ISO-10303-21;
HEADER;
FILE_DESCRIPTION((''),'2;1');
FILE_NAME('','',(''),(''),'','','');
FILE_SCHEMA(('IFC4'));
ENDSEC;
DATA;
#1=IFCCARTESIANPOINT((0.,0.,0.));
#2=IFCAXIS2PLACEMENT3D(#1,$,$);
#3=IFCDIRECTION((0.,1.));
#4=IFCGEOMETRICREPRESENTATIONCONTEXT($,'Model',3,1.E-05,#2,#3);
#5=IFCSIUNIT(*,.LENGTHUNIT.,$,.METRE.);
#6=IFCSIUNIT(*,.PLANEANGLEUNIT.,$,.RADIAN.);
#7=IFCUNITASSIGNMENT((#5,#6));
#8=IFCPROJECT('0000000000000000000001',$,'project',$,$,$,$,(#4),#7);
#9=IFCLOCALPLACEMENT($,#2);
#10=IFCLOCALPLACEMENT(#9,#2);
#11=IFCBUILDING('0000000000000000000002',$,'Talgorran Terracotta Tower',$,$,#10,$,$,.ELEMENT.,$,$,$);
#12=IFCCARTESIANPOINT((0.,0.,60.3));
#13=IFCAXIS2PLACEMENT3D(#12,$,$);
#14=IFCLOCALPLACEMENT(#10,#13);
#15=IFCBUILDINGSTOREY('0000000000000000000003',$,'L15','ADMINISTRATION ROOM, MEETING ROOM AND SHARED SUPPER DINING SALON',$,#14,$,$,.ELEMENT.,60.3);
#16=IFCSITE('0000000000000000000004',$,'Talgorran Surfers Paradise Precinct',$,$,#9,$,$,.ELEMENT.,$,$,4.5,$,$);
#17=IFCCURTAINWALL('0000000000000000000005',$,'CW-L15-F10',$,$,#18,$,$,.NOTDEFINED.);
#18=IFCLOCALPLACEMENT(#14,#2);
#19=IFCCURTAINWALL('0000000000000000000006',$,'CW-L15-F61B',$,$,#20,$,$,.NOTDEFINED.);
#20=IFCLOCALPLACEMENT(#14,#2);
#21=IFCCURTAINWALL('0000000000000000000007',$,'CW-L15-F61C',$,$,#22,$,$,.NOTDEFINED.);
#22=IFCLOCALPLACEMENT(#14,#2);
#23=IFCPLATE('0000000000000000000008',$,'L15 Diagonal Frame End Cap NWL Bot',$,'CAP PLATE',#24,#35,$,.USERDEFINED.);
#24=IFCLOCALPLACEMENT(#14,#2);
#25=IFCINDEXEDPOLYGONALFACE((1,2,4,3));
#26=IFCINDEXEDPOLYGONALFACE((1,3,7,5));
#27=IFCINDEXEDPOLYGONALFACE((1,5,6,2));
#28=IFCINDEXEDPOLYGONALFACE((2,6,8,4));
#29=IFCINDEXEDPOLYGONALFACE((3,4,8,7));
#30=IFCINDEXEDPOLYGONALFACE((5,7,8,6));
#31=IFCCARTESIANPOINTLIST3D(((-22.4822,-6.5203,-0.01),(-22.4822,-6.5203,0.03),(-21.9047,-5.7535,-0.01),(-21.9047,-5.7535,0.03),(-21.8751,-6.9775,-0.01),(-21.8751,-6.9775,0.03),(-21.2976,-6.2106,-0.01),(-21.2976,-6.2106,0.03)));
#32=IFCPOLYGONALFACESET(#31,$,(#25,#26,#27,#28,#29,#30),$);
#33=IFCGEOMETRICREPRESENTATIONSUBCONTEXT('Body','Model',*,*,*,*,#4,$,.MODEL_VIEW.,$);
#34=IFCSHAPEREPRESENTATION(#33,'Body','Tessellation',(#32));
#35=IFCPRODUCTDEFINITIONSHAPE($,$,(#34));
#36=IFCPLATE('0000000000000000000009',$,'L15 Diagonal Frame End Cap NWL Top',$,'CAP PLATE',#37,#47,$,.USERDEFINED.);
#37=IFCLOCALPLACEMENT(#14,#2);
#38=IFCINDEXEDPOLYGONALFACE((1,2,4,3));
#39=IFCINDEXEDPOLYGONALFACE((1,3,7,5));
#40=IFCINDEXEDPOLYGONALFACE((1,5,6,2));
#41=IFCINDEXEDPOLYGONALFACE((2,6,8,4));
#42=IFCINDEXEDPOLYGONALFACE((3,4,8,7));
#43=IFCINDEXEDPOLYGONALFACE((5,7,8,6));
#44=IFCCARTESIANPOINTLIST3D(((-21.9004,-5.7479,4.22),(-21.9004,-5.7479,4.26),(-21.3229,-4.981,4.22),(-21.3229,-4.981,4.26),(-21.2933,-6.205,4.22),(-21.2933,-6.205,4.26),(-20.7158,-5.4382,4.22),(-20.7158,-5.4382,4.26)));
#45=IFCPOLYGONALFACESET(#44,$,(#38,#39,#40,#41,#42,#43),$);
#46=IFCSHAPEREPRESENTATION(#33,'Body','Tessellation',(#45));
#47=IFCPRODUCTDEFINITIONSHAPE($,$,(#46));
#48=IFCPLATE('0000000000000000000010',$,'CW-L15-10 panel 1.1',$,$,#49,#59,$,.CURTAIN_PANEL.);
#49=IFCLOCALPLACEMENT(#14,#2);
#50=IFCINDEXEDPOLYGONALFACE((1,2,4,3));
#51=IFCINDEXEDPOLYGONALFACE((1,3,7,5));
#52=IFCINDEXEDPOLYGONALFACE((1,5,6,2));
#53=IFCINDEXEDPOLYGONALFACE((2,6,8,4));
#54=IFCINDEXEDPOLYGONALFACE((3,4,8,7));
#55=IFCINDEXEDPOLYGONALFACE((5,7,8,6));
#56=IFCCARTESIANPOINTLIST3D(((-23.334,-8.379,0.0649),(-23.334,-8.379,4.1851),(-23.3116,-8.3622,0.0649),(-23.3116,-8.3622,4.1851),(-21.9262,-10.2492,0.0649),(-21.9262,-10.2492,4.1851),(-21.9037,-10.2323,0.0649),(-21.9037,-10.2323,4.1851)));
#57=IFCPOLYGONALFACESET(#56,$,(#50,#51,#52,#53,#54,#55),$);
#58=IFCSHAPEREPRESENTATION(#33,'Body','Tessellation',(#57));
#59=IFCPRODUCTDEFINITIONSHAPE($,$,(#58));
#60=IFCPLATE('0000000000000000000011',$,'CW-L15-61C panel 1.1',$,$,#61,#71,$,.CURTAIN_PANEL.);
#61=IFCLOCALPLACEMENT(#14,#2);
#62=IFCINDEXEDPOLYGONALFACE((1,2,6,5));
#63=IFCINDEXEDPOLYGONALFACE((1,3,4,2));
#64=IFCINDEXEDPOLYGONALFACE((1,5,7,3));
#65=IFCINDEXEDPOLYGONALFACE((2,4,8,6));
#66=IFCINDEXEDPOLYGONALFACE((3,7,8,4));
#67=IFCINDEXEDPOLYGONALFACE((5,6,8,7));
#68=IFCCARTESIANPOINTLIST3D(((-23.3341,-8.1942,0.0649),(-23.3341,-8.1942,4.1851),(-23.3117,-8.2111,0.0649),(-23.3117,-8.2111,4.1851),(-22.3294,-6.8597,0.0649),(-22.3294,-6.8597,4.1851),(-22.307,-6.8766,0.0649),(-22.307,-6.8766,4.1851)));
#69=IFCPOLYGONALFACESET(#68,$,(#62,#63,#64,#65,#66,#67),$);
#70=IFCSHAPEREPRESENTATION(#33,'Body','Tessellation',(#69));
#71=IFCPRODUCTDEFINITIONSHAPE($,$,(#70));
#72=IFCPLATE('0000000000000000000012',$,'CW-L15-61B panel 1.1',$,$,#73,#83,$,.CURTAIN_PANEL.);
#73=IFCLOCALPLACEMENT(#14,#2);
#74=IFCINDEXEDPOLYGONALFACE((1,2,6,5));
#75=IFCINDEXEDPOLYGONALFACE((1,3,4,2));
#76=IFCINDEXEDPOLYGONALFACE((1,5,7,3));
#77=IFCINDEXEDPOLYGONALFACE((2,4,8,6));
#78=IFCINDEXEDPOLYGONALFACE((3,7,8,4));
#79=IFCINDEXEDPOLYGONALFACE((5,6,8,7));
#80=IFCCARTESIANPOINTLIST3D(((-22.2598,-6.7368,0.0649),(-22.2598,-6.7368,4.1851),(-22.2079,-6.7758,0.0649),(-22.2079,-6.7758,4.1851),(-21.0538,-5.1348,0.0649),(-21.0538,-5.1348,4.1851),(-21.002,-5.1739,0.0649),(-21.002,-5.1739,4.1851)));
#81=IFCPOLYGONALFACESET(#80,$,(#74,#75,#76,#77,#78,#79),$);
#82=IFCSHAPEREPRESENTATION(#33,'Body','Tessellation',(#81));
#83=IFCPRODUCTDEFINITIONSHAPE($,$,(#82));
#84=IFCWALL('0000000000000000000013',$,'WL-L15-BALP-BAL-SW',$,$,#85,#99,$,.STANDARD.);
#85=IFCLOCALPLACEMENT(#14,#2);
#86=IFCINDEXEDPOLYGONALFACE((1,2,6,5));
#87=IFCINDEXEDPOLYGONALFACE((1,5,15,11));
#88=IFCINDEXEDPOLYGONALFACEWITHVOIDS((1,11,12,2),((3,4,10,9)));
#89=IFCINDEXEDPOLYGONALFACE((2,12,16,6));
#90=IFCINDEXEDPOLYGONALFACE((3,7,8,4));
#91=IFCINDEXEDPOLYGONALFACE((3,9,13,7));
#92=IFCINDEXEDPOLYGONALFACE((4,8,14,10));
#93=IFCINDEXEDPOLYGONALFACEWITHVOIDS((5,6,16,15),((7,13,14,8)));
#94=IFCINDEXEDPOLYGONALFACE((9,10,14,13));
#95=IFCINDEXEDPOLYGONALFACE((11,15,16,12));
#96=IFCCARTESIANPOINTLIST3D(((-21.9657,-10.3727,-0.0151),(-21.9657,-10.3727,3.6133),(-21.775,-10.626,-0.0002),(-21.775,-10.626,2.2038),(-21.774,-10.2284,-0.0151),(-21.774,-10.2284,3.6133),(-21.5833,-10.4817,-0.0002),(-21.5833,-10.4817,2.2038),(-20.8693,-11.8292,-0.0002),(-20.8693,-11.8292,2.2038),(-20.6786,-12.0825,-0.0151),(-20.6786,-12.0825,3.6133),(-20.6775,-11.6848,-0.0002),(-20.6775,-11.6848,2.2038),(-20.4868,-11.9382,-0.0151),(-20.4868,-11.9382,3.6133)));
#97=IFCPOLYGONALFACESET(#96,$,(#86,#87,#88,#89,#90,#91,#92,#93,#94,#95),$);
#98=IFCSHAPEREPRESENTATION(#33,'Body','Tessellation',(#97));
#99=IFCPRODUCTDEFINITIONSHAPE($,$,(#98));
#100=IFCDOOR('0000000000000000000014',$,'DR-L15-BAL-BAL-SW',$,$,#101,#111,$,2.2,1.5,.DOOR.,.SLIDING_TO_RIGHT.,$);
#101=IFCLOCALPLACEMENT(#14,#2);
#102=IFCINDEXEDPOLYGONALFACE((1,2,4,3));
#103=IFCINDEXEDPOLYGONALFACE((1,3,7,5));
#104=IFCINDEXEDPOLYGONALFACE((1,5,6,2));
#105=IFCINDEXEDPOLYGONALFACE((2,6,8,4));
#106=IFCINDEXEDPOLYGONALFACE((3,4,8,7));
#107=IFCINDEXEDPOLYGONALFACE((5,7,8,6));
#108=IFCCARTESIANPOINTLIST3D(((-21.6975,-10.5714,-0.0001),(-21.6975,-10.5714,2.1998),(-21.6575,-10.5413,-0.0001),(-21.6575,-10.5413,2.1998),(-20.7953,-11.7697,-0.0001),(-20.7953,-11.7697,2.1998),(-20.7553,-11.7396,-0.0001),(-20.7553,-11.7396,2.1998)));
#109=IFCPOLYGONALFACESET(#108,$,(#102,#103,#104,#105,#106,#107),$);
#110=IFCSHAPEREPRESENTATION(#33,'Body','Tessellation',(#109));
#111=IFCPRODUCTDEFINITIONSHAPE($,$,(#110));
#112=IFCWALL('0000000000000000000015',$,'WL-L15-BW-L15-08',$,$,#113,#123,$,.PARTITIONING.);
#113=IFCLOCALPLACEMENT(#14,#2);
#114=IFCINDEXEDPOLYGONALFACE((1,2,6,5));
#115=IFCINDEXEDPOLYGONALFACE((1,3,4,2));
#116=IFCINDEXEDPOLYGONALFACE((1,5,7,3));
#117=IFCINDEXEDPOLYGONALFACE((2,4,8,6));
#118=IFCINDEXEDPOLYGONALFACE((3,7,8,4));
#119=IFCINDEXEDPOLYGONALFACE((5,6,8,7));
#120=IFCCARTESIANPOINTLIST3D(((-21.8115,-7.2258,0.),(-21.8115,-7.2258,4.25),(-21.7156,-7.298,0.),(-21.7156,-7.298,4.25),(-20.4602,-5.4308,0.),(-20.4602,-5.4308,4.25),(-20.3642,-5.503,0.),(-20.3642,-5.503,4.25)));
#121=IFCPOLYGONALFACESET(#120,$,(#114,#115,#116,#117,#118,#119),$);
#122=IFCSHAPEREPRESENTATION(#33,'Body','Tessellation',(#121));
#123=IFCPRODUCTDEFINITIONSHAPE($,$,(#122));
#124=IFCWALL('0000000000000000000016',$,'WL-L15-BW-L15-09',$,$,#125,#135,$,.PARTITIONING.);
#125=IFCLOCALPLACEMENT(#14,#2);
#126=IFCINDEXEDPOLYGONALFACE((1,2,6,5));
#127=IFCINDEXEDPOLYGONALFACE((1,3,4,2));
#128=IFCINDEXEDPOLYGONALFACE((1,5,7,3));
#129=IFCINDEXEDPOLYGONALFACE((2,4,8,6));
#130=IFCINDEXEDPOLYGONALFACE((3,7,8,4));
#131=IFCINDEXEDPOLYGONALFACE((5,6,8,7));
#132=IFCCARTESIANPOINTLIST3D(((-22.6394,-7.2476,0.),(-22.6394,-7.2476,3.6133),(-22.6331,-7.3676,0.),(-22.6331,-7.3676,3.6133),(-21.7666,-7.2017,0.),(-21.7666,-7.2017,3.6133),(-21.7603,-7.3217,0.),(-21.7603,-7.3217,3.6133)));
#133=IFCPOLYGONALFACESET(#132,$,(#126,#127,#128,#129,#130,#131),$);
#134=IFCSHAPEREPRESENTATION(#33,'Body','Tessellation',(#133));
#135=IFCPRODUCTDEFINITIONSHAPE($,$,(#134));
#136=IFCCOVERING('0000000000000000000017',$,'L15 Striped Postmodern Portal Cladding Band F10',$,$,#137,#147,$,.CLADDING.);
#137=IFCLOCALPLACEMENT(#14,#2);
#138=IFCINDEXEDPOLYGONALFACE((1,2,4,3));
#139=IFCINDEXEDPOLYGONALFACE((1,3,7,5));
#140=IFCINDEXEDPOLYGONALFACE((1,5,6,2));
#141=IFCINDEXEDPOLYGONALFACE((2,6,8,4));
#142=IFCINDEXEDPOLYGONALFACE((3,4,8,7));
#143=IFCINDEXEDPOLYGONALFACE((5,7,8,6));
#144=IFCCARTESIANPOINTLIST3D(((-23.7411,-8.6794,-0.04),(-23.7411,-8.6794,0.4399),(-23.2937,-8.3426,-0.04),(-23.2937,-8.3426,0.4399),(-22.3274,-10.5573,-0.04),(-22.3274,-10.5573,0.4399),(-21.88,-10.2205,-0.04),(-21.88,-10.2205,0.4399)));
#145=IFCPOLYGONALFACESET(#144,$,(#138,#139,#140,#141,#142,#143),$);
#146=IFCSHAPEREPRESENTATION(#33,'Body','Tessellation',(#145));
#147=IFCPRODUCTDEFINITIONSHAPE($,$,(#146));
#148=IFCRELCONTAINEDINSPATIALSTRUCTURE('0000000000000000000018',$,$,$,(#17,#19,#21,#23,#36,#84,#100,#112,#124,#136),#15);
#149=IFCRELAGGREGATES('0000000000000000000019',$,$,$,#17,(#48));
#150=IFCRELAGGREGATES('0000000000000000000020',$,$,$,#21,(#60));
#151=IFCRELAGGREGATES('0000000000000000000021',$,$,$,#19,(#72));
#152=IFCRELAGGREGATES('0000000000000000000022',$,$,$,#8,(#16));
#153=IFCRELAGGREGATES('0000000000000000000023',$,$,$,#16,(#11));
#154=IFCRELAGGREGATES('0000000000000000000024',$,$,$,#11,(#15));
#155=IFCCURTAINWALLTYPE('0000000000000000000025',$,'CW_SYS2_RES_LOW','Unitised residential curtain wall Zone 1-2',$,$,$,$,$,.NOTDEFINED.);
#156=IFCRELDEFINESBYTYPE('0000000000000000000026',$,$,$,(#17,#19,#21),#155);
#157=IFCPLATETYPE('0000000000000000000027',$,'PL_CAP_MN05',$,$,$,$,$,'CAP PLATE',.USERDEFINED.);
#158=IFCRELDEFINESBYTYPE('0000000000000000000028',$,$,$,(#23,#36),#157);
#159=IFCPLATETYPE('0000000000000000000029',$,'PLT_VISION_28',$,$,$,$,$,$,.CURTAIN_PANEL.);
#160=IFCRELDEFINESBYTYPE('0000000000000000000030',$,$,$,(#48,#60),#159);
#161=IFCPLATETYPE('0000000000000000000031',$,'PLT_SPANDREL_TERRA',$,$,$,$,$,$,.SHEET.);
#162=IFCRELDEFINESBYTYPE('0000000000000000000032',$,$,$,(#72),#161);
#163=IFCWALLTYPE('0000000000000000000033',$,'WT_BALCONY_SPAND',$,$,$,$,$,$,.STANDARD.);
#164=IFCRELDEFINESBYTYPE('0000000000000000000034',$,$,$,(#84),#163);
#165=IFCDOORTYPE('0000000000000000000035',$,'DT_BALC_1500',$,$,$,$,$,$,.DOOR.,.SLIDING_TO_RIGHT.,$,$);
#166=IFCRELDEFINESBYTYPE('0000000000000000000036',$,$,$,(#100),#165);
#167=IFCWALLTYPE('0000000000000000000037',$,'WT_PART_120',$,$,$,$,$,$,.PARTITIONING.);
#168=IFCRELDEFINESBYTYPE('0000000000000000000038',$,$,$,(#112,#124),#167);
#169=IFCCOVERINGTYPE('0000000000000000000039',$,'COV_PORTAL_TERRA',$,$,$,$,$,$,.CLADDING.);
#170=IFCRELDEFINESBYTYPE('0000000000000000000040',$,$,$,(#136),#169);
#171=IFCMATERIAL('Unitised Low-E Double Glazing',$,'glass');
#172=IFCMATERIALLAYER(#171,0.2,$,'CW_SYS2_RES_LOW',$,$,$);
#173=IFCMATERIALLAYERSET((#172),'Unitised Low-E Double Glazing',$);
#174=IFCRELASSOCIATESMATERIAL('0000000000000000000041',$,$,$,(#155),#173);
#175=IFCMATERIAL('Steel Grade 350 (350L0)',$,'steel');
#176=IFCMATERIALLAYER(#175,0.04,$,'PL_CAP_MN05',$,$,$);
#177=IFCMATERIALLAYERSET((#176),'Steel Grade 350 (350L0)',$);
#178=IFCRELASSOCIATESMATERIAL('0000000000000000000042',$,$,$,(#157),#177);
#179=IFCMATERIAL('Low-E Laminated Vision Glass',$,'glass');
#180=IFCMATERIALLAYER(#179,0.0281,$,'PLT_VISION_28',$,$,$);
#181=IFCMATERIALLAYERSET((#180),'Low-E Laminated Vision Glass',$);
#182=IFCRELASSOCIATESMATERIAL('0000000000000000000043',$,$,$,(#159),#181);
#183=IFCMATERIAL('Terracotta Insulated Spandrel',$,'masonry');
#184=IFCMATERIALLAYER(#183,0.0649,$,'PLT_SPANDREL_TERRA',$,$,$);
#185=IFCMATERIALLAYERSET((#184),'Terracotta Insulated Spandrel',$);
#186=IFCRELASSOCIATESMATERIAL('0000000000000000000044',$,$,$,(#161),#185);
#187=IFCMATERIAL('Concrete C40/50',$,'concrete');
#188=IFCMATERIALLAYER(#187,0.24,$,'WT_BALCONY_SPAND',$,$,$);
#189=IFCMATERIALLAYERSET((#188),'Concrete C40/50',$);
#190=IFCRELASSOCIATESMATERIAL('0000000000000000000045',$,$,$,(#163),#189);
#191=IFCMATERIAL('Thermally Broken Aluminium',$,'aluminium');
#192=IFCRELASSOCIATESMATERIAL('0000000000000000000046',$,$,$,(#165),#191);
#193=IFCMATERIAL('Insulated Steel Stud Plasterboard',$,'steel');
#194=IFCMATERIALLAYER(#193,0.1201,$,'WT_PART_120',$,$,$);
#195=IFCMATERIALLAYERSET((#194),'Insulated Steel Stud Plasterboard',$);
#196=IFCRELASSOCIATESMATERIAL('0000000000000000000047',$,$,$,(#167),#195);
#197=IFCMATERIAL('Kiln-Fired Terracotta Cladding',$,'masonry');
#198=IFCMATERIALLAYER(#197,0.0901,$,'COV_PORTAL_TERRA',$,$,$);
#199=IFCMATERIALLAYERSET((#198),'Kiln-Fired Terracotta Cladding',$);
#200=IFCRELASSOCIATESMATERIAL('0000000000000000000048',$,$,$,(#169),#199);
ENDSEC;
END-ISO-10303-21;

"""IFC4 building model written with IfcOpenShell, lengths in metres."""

from ifc_helpers import new_model, si_unit, direction, frame, frame_2d, origin, origin_2d, place, context, subcontext, project, spatial, rectangle, extrude, source, transform, mapped, material, layer, layer_set, type_object, type_shapes, element, fill, aggregate, save


model = new_model("IFC4")

# Units and contexts
model_context = context("Model", 3, precision=1e-05, world=origin(), true_north=direction((0.0, 1.0)))
body_context = subcontext(model_context, "Body", "Model", "MODEL_VIEW")
ifc_project = project(units=[si_unit("LENGTHUNIT", "METRE"), si_unit("PLANEANGLEUNIT", "RADIAN")], contexts=[model_context])

# Site, building, storey
site_placement = place(None, origin())
site = spatial("IfcSite", under=ifc_project, at=site_placement, Name="Talgorran Surfers Paradise Precinct", CompositionType="ELEMENT", RefElevation=4.5)
building_placement = place(site_placement, origin())
building = spatial("IfcBuilding", under=site, at=building_placement, Name="Talgorran Terracotta Tower", CompositionType="ELEMENT")
storey_placement = place(building_placement, frame((0.0, 0.0, 60.3)))
storey = spatial("IfcBuildingStorey", under=building, at=storey_placement, Name="L15", Description="ADMINISTRATION ROOM, MEETING ROOM AND SHARED SUPPER DINING SALON", CompositionType="ELEMENT", Elevation=60.3)

# Shared definitions
ifc_material_1 = material(Name="Steel Grade 350 (350L0)", Category="steel")

# Curtain wall
ifc_material_2 = material(Name="Unitised Low-E Double Glazing", Category="glass")
ifc_layer_1 = layer(ifc_material_2, 0.2, Name="CW_SYS2_RES_LOW")
ifc_layer_set_1 = layer_set([ifc_layer_1], Name="Unitised Low-E Double Glazing")
curtain_wall_type = type_object("IfcCurtainWallType", Name="CW_SYS2_RES_LOW", Description="Unitised residential curtain wall Zone 1-2", PredefinedType="NOTDEFINED", material=ifc_layer_set_1)
curtain_wall_1_placement = place(storey_placement, origin())
curtain_wall_1 = element("IfcCurtainWall", 1, at=curtain_wall_1_placement, inside=storey, type_object=curtain_wall_type, Name="CW-L15-F10", PredefinedType="NOTDEFINED")

# Curtain wall
curtain_wall_2_placement = place(storey_placement, origin())
curtain_wall_2 = element("IfcCurtainWall", 2, at=curtain_wall_2_placement, inside=storey, type_object=curtain_wall_type, Name="CW-L15-F61B", PredefinedType="NOTDEFINED")

# Curtain wall
curtain_wall_3_placement = place(storey_placement, origin())
curtain_wall_3 = element("IfcCurtainWall", 3, at=curtain_wall_3_placement, inside=storey, type_object=curtain_wall_type, Name="CW-L15-F61C", PredefinedType="NOTDEFINED")

# Plates
ifc_layer_2 = layer(ifc_material_1, 0.04, Name="PL_CAP_MN05")
ifc_layer_set_2 = layer_set([ifc_layer_2], Name="Steel Grade 350 (350L0)")
plate_type_1 = type_object("IfcPlateType", Name="PL_CAP_MN05", ElementType="CAP PLATE", PredefinedType="USERDEFINED", material=ifc_layer_set_2)
for number, where, z_axis, x_axis, name in (
    (4, (-21.8899, -6.3655, -0.01), (0.0, 0.0, 1.0), (0.601536, 0.798846, 0.0), "L15 Diagonal Frame End Cap NWL Bot"),
    (5, (-21.3081, -5.593, 4.22), (0.0, 0.0, 1.0), (0.601536, 0.798846, 0.0), "L15 Diagonal Frame End Cap NWL Top"),
):
    element("IfcPlate", number, at=place(storey_placement, frame(where, z_axis=z_axis, x_axis=x_axis)), inside=storey, type_object=plate_type_1, Name=name, ObjectType="CAP PLATE", PredefinedType="USERDEFINED", context=body_context, shape_type="SweptSolid", body=[
        extrude(rectangle(XDim=0.96, YDim=0.76, at=origin_2d()), origin(), (0.0, 0.0, 1.0), 0.04),
    ])

# Plates
ifc_material_3 = material(Name="Low-E Laminated Vision Glass", Category="glass")
ifc_layer_3 = layer(ifc_material_3, 0.0281, Name="PLT_VISION_28")
ifc_layer_set_3 = layer_set([ifc_layer_3], Name="Low-E Laminated Vision Glass")
plate_type_2 = type_object("IfcPlateType", Name="PLT_VISION_28", PredefinedType="CURTAIN_PANEL", material=ifc_layer_set_3)
shared_shape_1 = source(origin(), body_context, "Body", "SweptSolid", [
    extrude(rectangle(XDim=2.3408, YDim=0.0281, at=origin_2d()), origin(), (0.0, 0.0, 1.0), 4.1201),
])
plate_1_placement = place(storey_placement, frame((-22.6189, -9.3057, 0.0649), z_axis=(0.0, 0.0, 1.0), x_axis=(0.601443, -0.798916, 0.0)))
plate_1 = element("IfcPlate", 6, at=plate_1_placement, type_object=plate_type_2, Name="CW-L15-10 panel 1.1", PredefinedType="CURTAIN_PANEL", context=body_context, shape_type="MappedRepresentation", body=[
    mapped(shared_shape_1, transform((0.0, 0.0, 0.0), scale=1.0)),
])
aggregate(curtain_wall_1, [plate_1])
shared_shape_2 = source(origin(), body_context, "Body", "SweptSolid", [
    extrude(rectangle(XDim=1.6704, YDim=0.0281, at=origin_2d()), origin(), (0.0, 0.0, 1.0), 4.1201),
])
type_shapes(plate_type_2, [shared_shape_1, shared_shape_2])
plate_2_placement = place(storey_placement, frame((-22.8206, -7.5354, 0.0649), z_axis=(0.0, 0.0, 1.0), x_axis=(-0.601456, -0.798906, 0.0)))
plate_2 = element("IfcPlate", 7, at=plate_2_placement, type_object=plate_type_2, Name="CW-L15-61C panel 1.1", PredefinedType="CURTAIN_PANEL", context=body_context, shape_type="MappedRepresentation", body=[
    mapped(shared_shape_2, transform((0.0, 0.0, 0.0), scale=1.0)),
])
aggregate(curtain_wall_3, [plate_2])
ifc_material_4 = material(Name="Terracotta Insulated Spandrel", Category="masonry")
ifc_layer_4 = layer(ifc_material_4, 0.0649, Name="PLT_SPANDREL_TERRA")
ifc_layer_set_4 = layer_set([ifc_layer_4], Name="Terracotta Insulated Spandrel")
plate_type_3 = type_object("IfcPlateType", Name="PLT_SPANDREL_TERRA", PredefinedType="SHEET", material=ifc_layer_set_4)
shared_shape_3 = source(origin(), body_context, "Body", "SweptSolid", [
    extrude(rectangle(XDim=2.0051, YDim=0.0649, at=origin_2d()), origin(), (0.0, 0.0, 1.0), 4.1201),
])
type_shapes(plate_type_3, [shared_shape_3])
plate_3_placement = place(storey_placement, frame((-21.6309, -5.9553, 0.0649), z_axis=(0.0, 0.0, 1.0), x_axis=(-0.601423, -0.798931, 0.0)))
plate_3 = element("IfcPlate", 8, at=plate_3_placement, type_object=plate_type_3, Name="CW-L15-61B panel 1.1", PredefinedType="CURTAIN_PANEL", context=body_context, shape_type="MappedRepresentation", body=[
    mapped(shared_shape_3, transform((0.0, 0.0, 0.0), scale=1.0)),
])
aggregate(curtain_wall_2, [plate_3])

# Wall, opening, door
ifc_material_5 = material(Name="Concrete C40/50", Category="concrete")
ifc_layer_5 = layer(ifc_material_5, 0.24, Name="WT_BALCONY_SPAND")
ifc_layer_set_5 = layer_set([ifc_layer_5], Name="Concrete C40/50")
wall_type_1 = type_object("IfcWallType", Name="WT_BALCONY_SPAND", PredefinedType="STANDARD", material=ifc_layer_set_5)
wall_1_placement = place(storey_placement, frame((-21.8699, -10.3005, -0.0151), z_axis=(0.0, 0.0, 1.0), x_axis=(0.601441, -0.798917, 0.0)))
wall_1 = element("IfcWall", 9, at=wall_1_placement, inside=storey, type_object=wall_type_1, Name="WL-L15-BALP-BAL-SW", PredefinedType="STANDARD", context=body_context, shape_type="SweptSolid", body=[
    extrude(rectangle(XDim=2.1401, YDim=0.24, at=frame_2d((1.0701, 0.0))), origin(), (0.0, 0.0, 1.0), 3.6284),
])
opening_placement = place(wall_1_placement, frame((0.3201, 0.0, 0.0149)))
opening = element("IfcOpeningElement", 10, at=opening_placement, cuts=wall_1, PredefinedType="OPENING", context=body_context, shape_type="SweptSolid", body=[
    extrude(rectangle(XDim=1.506, YDim=2.204, at=frame_2d((0.75, 1.1021))), frame((0.0, 0.1299, 0.0), z_axis=(0.0, -1.0, 0.0), x_axis=(1.0, 0.0, 0.0)), (0.0, 0.0, 1.0), 0.26),
])
ifc_material_6 = material(Name="Thermally Broken Aluminium", Category="aluminium")
door_type = type_object("IfcDoorType", Name="DT_BALC_1500", OperationType="SLIDING_TO_RIGHT", PredefinedType="DOOR", material=ifc_material_6)
door_placement = place(opening_placement, origin())
door = element("IfcDoor", 11, at=door_placement, inside=storey, type_object=door_type, Name="DR-L15-BAL-BAL-SW", OperationType="SLIDING_TO_RIGHT", OverallHeight=2.2, OverallWidth=1.5, PredefinedType="DOOR", context=body_context, shape_type="SweptSolid", body=[
    extrude(rectangle(XDim=1.5, YDim=2.2, at=frame_2d((0.75, 1.1001))), frame((0.0, 0.0249, 0.0), z_axis=(0.0, -1.0, 0.0), x_axis=(1.0, 0.0, 0.0)), (0.0, 0.0, 1.0), 0.05),
])
fill(opening, door)

# Walls
ifc_material_7 = material(Name="Insulated Steel Stud Plasterboard", Category="steel")
ifc_layer_6 = layer(ifc_material_7, 0.1201, Name="WT_PART_120")
ifc_layer_set_6 = layer_set([ifc_layer_6], Name="Insulated Steel Stud Plasterboard")
wall_type_2 = type_object("IfcWallType", Name="WT_PART_120", PredefinedType="PARTITIONING", material=ifc_layer_set_6)
wall_2_placement = place(storey_placement, frame((-20.4121, -5.4668, 0.0), z_axis=(0.0, 0.0, 1.0), x_axis=(-0.601459, -0.798903, 0.0)))
element("IfcWall", 12, at=wall_2_placement, inside=storey, type_object=wall_type_2, Name="WL-L15-BW-L15-08", PredefinedType="PARTITIONING", context=body_context, shape_type="SweptSolid", body=[
    extrude(rectangle(XDim=2.2468, YDim=0.1201, at=frame_2d((1.1235, 0.0))), origin(), (0.0, 0.0, 1.0), 4.25),
])
wall_3_placement = place(storey_placement, frame((-21.7634, -7.2617, 0.0), z_axis=(0.0, 0.0, 1.0), x_axis=(-0.99862, -0.052515, 0.0)))
element("IfcWall", 13, at=wall_3_placement, inside=storey, type_object=wall_type_2, Name="WL-L15-BW-L15-09", PredefinedType="PARTITIONING", context=body_context, shape_type="SweptSolid", body=[
    extrude(rectangle(XDim=0.874, YDim=0.1201, at=frame_2d((0.437, 0.0))), origin(), (0.0, 0.0, 1.0), 3.6133),
])

# Covering
ifc_material_8 = material(Name="Kiln-Fired Terracotta Cladding", Category="masonry")
ifc_layer_7 = layer(ifc_material_8, 0.0901, Name="COV_PORTAL_TERRA")
ifc_layer_set_7 = layer_set([ifc_layer_7], Name="Kiln-Fired Terracotta Cladding")
covering_type = type_object("IfcCoveringType", Name="COV_PORTAL_TERRA", PredefinedType="CLADDING", material=ifc_layer_set_7)
covering_placement = place(storey_placement, frame((-22.8105, -9.45, -0.04), z_axis=(0.0, 0.0, 1.0), x_axis=(0.601439, -0.798919, 0.0)))
element("IfcCovering", 14, at=covering_placement, inside=storey, type_object=covering_type, Name="L15 Striped Postmodern Portal Cladding Band F10", PredefinedType="CLADDING", context=body_context, shape_type="SweptSolid", body=[
    extrude(rectangle(XDim=2.3506, YDim=0.5601, at=origin_2d()), origin(), (0.0, 0.0, 1.0), 0.48),
])

save(model, "model.ifc")
